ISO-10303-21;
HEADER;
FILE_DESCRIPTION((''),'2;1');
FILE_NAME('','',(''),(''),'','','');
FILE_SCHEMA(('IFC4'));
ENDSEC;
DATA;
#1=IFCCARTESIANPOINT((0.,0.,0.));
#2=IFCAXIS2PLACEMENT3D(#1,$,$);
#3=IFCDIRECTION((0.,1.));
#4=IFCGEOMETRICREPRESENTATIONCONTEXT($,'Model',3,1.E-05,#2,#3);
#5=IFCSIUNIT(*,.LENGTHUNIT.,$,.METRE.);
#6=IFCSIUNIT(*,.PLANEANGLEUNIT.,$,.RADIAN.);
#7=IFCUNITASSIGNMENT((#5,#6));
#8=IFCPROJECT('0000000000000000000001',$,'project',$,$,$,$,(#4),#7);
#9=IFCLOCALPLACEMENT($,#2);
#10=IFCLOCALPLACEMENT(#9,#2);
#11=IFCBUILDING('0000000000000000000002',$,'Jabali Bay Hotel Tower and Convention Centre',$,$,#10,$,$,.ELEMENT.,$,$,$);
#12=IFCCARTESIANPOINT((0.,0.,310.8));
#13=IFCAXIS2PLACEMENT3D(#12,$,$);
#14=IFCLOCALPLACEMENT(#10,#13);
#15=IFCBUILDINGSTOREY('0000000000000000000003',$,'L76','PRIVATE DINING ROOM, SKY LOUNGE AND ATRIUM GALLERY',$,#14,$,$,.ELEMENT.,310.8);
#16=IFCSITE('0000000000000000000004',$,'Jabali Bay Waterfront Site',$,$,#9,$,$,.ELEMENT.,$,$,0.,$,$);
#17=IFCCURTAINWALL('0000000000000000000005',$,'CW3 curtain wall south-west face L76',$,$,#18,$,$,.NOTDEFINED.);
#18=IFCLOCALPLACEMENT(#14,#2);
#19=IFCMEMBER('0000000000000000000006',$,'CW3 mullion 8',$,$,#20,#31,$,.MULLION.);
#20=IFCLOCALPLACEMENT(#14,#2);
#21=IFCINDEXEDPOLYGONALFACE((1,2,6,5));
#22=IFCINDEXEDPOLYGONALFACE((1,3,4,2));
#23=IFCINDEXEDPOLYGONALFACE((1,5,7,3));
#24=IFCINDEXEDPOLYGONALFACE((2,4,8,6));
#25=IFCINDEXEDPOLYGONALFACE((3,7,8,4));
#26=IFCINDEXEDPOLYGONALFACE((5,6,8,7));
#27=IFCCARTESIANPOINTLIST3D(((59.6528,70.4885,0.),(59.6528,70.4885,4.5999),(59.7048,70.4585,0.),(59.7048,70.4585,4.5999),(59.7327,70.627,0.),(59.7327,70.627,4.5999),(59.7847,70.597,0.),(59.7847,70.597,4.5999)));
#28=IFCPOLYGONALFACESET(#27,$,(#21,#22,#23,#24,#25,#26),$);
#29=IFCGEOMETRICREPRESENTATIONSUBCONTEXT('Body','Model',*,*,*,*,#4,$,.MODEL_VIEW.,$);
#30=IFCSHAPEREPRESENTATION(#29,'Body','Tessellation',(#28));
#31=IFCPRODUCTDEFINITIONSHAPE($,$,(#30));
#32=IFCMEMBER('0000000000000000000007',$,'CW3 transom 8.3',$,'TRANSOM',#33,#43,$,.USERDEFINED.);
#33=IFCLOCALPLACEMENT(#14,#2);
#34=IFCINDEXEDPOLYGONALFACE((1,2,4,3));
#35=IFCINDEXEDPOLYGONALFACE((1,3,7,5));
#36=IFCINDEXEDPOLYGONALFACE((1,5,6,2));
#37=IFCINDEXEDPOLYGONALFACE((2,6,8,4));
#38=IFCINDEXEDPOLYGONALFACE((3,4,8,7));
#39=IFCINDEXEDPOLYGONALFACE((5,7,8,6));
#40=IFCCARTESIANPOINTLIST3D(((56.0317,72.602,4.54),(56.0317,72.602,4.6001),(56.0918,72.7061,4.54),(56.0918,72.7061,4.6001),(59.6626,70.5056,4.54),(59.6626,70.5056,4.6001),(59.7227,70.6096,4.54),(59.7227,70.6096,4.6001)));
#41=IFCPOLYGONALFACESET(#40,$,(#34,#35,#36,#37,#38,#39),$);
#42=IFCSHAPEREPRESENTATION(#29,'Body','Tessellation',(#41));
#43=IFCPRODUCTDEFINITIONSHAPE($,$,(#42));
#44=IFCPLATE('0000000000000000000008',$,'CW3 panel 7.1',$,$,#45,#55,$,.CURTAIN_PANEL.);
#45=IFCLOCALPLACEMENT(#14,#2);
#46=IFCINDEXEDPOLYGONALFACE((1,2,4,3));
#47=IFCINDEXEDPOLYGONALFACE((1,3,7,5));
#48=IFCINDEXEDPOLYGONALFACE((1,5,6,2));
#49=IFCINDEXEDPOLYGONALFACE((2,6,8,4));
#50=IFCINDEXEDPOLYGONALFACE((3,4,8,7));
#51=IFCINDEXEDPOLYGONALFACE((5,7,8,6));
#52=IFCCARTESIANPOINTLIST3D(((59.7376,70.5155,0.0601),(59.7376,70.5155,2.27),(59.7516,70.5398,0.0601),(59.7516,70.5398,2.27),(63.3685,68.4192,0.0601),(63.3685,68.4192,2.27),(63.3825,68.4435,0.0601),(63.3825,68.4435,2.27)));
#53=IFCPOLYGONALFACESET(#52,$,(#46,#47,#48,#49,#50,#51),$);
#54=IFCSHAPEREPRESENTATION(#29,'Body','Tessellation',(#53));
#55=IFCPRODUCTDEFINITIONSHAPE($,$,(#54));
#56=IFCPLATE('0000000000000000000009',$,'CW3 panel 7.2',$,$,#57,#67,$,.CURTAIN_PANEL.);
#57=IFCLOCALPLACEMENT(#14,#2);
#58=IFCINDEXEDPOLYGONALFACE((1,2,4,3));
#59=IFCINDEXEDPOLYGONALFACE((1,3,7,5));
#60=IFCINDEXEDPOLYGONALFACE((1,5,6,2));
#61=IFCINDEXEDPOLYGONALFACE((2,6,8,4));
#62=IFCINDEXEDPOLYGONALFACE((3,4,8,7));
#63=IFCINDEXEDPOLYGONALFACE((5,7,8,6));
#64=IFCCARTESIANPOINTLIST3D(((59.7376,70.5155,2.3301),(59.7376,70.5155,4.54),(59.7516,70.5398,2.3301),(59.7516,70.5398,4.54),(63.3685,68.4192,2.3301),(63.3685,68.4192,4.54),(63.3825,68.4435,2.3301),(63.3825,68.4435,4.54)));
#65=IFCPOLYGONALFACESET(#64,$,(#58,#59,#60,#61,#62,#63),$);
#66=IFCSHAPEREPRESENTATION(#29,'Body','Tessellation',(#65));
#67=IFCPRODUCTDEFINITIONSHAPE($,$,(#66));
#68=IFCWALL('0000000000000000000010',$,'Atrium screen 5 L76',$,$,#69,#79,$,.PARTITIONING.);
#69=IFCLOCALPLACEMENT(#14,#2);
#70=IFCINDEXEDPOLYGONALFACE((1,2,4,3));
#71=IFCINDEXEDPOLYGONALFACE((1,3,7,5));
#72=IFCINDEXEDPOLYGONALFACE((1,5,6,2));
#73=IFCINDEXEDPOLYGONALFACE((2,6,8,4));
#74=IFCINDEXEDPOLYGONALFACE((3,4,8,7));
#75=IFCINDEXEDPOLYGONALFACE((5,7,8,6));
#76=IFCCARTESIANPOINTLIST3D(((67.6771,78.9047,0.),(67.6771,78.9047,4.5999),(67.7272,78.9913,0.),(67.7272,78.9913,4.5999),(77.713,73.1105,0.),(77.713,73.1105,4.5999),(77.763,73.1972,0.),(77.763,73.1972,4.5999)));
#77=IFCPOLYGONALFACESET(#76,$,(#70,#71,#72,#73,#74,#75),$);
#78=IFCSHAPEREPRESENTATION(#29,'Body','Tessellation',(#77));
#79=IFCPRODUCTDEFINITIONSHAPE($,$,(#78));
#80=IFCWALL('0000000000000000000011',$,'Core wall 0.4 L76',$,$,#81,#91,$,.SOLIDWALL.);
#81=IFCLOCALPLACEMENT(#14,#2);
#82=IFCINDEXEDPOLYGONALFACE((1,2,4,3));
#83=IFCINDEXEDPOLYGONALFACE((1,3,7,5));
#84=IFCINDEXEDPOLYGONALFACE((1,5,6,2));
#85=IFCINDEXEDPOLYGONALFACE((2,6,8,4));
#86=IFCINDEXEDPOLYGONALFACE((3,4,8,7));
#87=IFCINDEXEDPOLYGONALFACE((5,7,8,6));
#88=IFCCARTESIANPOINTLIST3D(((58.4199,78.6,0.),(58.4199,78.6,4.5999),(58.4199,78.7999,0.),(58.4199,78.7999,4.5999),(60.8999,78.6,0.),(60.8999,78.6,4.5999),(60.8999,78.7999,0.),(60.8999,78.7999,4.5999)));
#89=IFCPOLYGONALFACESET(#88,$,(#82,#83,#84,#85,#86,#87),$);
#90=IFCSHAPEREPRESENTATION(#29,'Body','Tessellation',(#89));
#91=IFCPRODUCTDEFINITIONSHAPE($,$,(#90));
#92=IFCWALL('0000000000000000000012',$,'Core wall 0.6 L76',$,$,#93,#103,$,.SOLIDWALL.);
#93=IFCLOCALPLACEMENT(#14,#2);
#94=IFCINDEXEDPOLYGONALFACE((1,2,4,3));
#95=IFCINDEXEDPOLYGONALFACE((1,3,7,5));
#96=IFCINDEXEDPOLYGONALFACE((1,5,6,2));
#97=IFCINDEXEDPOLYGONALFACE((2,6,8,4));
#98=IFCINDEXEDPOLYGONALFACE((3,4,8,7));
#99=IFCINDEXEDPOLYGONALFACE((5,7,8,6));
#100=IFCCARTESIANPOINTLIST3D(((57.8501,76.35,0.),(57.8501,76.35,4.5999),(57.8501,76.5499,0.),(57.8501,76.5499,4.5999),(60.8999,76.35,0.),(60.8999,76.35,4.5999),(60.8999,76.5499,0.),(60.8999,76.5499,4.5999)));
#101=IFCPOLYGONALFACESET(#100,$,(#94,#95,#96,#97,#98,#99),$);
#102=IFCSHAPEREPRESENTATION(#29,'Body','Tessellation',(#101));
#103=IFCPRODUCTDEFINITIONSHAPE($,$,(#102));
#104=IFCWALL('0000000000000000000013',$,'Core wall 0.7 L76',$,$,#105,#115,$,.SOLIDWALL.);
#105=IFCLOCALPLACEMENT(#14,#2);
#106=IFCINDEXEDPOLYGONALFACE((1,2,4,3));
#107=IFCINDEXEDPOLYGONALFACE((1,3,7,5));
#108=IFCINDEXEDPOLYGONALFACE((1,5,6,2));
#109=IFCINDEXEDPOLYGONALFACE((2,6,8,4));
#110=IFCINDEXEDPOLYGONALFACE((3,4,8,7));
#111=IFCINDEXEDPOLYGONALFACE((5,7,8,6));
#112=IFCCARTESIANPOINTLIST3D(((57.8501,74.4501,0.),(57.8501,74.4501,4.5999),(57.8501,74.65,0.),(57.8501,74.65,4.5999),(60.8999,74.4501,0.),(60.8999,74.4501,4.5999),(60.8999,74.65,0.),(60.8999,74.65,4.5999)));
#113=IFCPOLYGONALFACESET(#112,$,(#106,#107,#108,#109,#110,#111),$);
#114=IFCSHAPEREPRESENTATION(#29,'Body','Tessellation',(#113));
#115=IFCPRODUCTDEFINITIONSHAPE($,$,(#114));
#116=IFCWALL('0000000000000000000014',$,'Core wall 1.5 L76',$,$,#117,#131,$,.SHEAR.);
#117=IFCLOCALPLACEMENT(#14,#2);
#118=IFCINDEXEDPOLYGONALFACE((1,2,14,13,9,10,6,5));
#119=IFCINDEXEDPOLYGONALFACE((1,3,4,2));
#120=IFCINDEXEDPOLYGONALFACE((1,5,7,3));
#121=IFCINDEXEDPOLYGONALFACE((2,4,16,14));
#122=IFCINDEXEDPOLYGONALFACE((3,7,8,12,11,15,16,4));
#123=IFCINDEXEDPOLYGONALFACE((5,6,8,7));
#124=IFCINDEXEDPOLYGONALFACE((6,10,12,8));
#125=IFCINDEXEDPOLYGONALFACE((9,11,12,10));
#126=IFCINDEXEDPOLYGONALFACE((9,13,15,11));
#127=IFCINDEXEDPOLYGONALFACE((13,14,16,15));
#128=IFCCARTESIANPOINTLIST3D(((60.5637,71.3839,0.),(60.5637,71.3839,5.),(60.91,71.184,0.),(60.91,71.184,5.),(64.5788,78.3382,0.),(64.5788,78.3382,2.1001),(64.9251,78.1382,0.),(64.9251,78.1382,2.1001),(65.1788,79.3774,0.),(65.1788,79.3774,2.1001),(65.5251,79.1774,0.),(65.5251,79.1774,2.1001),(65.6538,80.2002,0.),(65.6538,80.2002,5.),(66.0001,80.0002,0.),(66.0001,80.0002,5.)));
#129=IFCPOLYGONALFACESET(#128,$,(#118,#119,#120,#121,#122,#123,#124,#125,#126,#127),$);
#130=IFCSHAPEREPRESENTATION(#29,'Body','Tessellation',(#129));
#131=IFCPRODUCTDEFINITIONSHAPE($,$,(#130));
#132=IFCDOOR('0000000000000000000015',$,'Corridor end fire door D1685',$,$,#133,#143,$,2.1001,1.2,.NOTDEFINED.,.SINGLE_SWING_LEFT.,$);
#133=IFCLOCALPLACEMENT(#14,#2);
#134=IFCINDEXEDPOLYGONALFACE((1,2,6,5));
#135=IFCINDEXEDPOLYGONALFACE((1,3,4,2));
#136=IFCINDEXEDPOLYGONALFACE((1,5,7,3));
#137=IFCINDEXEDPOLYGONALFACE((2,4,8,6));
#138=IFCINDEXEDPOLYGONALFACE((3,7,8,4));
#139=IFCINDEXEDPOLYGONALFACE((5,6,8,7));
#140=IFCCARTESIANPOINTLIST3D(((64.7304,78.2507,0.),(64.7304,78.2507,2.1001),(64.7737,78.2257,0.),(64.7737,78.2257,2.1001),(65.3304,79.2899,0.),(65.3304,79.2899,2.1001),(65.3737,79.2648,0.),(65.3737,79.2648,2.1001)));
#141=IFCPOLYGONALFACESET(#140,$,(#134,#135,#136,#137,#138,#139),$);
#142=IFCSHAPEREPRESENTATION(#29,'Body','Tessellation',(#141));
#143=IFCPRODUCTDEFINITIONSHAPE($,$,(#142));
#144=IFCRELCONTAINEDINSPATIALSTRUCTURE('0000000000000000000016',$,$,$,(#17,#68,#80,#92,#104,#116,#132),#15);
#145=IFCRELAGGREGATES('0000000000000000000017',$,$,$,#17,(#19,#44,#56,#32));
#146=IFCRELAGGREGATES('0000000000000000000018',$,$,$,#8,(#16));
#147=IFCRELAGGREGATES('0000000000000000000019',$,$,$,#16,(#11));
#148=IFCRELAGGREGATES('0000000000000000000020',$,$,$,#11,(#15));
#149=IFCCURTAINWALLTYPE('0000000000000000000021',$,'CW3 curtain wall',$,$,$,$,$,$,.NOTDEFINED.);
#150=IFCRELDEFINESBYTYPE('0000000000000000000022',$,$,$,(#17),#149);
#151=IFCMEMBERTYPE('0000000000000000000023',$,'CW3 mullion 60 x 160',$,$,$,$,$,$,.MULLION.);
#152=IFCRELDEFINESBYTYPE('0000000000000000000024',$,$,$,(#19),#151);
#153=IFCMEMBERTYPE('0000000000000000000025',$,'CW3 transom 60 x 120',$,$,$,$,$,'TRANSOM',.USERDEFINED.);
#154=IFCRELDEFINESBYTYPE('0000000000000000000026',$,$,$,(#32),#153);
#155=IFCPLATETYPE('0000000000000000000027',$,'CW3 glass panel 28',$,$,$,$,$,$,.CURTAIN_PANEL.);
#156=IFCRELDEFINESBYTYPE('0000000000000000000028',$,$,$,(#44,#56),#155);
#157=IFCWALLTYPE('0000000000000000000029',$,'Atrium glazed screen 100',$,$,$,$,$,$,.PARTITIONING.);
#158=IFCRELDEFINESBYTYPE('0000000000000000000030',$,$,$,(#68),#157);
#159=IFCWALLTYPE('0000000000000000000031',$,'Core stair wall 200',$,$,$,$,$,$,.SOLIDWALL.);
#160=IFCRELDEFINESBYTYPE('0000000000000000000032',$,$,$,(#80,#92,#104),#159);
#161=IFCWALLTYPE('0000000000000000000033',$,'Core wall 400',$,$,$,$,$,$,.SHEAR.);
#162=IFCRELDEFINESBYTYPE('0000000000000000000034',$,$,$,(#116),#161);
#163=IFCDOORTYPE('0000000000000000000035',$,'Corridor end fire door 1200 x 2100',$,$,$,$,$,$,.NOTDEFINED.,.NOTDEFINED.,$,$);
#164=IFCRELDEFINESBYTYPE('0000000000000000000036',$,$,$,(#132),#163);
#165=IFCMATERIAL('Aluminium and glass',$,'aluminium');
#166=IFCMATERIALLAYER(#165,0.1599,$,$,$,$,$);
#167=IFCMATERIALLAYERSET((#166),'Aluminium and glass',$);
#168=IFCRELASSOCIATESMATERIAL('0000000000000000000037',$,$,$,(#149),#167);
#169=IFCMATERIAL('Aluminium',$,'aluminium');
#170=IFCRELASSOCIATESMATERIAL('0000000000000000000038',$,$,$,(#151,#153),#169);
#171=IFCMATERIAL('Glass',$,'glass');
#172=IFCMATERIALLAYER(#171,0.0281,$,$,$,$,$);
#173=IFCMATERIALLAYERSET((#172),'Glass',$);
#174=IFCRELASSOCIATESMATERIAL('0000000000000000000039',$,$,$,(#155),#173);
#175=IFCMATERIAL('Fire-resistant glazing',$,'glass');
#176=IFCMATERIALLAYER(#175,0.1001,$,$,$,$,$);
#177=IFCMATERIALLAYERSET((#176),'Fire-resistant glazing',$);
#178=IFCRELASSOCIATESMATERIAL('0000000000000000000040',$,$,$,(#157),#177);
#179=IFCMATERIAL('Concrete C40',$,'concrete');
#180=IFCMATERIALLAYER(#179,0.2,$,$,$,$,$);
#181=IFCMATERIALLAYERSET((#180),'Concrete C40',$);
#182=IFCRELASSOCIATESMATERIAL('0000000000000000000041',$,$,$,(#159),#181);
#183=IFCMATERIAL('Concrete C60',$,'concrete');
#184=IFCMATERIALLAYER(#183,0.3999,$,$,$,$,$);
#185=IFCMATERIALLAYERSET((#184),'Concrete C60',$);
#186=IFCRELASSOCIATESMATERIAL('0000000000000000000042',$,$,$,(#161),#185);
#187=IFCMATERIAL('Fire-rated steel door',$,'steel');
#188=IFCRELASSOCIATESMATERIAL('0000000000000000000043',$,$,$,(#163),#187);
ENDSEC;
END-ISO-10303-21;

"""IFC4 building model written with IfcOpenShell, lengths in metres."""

from ifc_helpers import new_model, si_unit, direction, frame, frame_2d, origin, origin_2d, place, context, subcontext, project, spatial, rectangle, extrude, material, layer, layer_set, material_profile, profile_set, type_object, element, fill, aggregate, save


model = new_model("IFC4")

# Units and contexts
model_context = context("Model", 3, precision=1e-05, world=origin(), true_north=direction((0.0, 1.0)))
body_context = subcontext(model_context, "Body", "Model", "MODEL_VIEW")
ifc_project = project(units=[si_unit("LENGTHUNIT", "METRE"), si_unit("PLANEANGLEUNIT", "RADIAN")], contexts=[model_context])

# Site, building, storey
site_placement = place(None, origin())
site = spatial("IfcSite", under=ifc_project, at=site_placement, Name="Jabali Bay Waterfront Site", CompositionType="ELEMENT", RefElevation=0.0)
building_placement = place(site_placement, origin())
building = spatial("IfcBuilding", under=site, at=building_placement, Name="Jabali Bay Hotel Tower and Convention Centre", CompositionType="ELEMENT")
storey_placement = place(building_placement, frame((0.0, 0.0, 310.8)))
storey = spatial("IfcBuildingStorey", under=building, at=storey_placement, Name="L76", Description="PRIVATE DINING ROOM, SKY LOUNGE AND ATRIUM GALLERY", CompositionType="ELEMENT", Elevation=310.8)

# Curtain wall, members, plates
ifc_material_1 = material(Name="Aluminium and glass", Category="aluminium")
ifc_layer_1 = layer(ifc_material_1, 0.1599)
ifc_layer_set_1 = layer_set([ifc_layer_1], Name="Aluminium and glass")
curtain_wall_type = type_object("IfcCurtainWallType", Name="CW3 curtain wall", PredefinedType="NOTDEFINED", material=ifc_layer_set_1)
curtain_wall_placement = place(storey_placement, origin())
curtain_wall = element("IfcCurtainWall", 1, at=curtain_wall_placement, inside=storey, type_object=curtain_wall_type, Name="CW3 curtain wall south-west face L76", PredefinedType="NOTDEFINED")
ifc_material_2 = material(Name="Aluminium", Category="aluminium")
ifc_material_profile_1 = material_profile(ifc_material_2, rectangle(XDim=0.1599, YDim=0.0601, at=origin_2d()), Name="CW3 mullion 60 x 160")
ifc_profile_set_1 = profile_set([ifc_material_profile_1], Name="Aluminium")
member_type_1 = type_object("IfcMemberType", Name="CW3 mullion 60 x 160", PredefinedType="MULLION", material=ifc_profile_set_1)
member_1_placement = place(storey_placement, frame((59.7188, 70.5427, 0.0), z_axis=(0.0, 0.0, 1.0), x_axis=(-0.5, -0.866025, 0.0)))
member_1 = element("IfcMember", 2, at=member_1_placement, type_object=member_type_1, Name="CW3 mullion 8", PredefinedType="MULLION", context=body_context, shape_type="SweptSolid", body=[
    extrude(rectangle(XDim=0.1599, YDim=0.0601, at=origin_2d()), origin(), (0.0, 0.0, 1.0), 4.5999),
])
ifc_material_profile_2 = material_profile(ifc_material_2, rectangle(XDim=0.1201, YDim=0.0601, at=origin_2d()), Name="CW3 transom 60 x 120")
ifc_profile_set_2 = profile_set([ifc_material_profile_2], Name="Aluminium")
member_type_2 = type_object("IfcMemberType", Name="CW3 transom 60 x 120", ElementType="TRANSOM", PredefinedType="USERDEFINED", material=ifc_profile_set_2)
member_2_placement = place(storey_placement, frame((59.6926, 70.5576, 4.5701), z_axis=(-0.866009, 0.500028, 0.0), x_axis=(-0.500028, -0.866009, 0.0)))
member_2 = element("IfcMember", 3, at=member_2_placement, type_object=member_type_2, Name="CW3 transom 8.3", ObjectType="TRANSOM", PredefinedType="USERDEFINED", context=body_context, shape_type="SweptSolid", body=[
    extrude(rectangle(XDim=0.1201, YDim=0.0601, at=origin_2d()), origin(), (0.0, 0.0, 1.0), 4.1926),
])
ifc_material_3 = material(Name="Glass", Category="glass")
ifc_layer_2 = layer(ifc_material_3, 0.0281)
ifc_layer_set_2 = layer_set([ifc_layer_2], Name="Glass")
plate_type = type_object("IfcPlateType", Name="CW3 glass panel 28", PredefinedType="CURTAIN_PANEL", material=ifc_layer_set_2)
plate_1_placement = place(storey_placement, frame((61.5601, 69.4795, 0.0601), z_axis=(0.0, 0.0, 1.0), x_axis=(-0.866025, 0.5, 0.0)))
plate_1 = element("IfcPlate", 4, at=plate_1_placement, type_object=plate_type, Name="CW3 panel 7.1", PredefinedType="CURTAIN_PANEL", context=body_context, shape_type="SweptSolid", body=[
    extrude(rectangle(XDim=4.1926, YDim=0.0281, at=origin_2d()), origin(), (0.0, 0.0, 1.0), 2.21),
])
plate_2_placement = place(storey_placement, frame((61.5601, 69.4795, 2.3301), z_axis=(0.0, 0.0, 1.0), x_axis=(-0.866025, 0.5, 0.0)))
plate_2 = element("IfcPlate", 5, at=plate_2_placement, type_object=plate_type, Name="CW3 panel 7.2", PredefinedType="CURTAIN_PANEL", context=body_context, shape_type="SweptSolid", body=[
    extrude(rectangle(XDim=4.1926, YDim=0.0281, at=origin_2d()), origin(), (0.0, 0.0, 1.0), 2.21),
])
aggregate(curtain_wall, [member_1, plate_1, plate_2, member_2])

# Walls
ifc_material_4 = material(Name="Fire-resistant glazing", Category="glass")
ifc_layer_3 = layer(ifc_material_4, 0.1001)
ifc_layer_set_3 = layer_set([ifc_layer_3], Name="Fire-resistant glazing")
wall_type_1 = type_object("IfcWallType", Name="Atrium glazed screen 100", PredefinedType="PARTITIONING", material=ifc_layer_set_3)
wall_1_placement = place(storey_placement, frame((67.7021, 78.948, 0.0), z_axis=(0.0, 0.0, 1.0), x_axis=(0.866027, -0.499998, 0.0)))
element("IfcWall", 6, at=wall_1_placement, inside=storey, type_object=wall_type_1, Name="Atrium screen 5 L76", PredefinedType="PARTITIONING", context=body_context, shape_type="SweptSolid", body=[
    extrude(rectangle(XDim=11.5884, YDim=0.1001, at=frame_2d((5.7942, 0.0))), origin(), (0.0, 0.0, 1.0), 4.5999),
])
ifc_material_5 = material(Name="Concrete C40", Category="concrete")
ifc_layer_4 = layer(ifc_material_5, 0.2)
ifc_layer_set_4 = layer_set([ifc_layer_4], Name="Concrete C40")
wall_type_2 = type_object("IfcWallType", Name="Core stair wall 200", PredefinedType="SOLIDWALL", material=ifc_layer_set_4)
wall_2_placement = place(storey_placement, frame((60.8999, 78.7, 0.0), z_axis=(0.0, 0.0, 1.0), x_axis=(-1.0, 0.0, 0.0)))
element("IfcWall", 7, at=wall_2_placement, inside=storey, type_object=wall_type_2, Name="Core wall 0.4 L76", PredefinedType="SOLIDWALL", context=body_context, shape_type="SweptSolid", body=[
    extrude(rectangle(XDim=2.48, YDim=0.2, at=frame_2d((1.24, 0.0))), origin(), (0.0, 0.0, 1.0), 4.5999),
])
for number, where, z_axis, x_axis, name in (
    (8, (60.8999, 76.45, 0.0), (0.0, 0.0, 1.0), (-1.0, 0.0, 0.0), "Core wall 0.6 L76"),
    (9, (60.8999, 74.55, 0.0), (0.0, 0.0, 1.0), (-1.0, 0.0, 0.0), "Core wall 0.7 L76"),
):
    element("IfcWall", number, at=place(storey_placement, frame(where, z_axis=z_axis, x_axis=x_axis)), inside=storey, type_object=wall_type_2, Name=name, PredefinedType="SOLIDWALL", context=body_context, shape_type="SweptSolid", body=[
        extrude(rectangle(XDim=3.0498, YDim=0.2, at=frame_2d((1.5249, 0.0))), origin(), (0.0, 0.0, 1.0), 4.5999),
    ])

# Wall, opening, door
ifc_material_6 = material(Name="Concrete C60", Category="concrete")
ifc_layer_5 = layer(ifc_material_6, 0.3999)
ifc_layer_set_5 = layer_set([ifc_layer_5], Name="Concrete C60")
wall_type_3 = type_object("IfcWallType", Name="Core wall 400", PredefinedType="SHEAR", material=ifc_layer_set_5)
wall_3_placement = place(storey_placement, frame((60.7368, 71.2839, 0.0), z_axis=(0.0, 0.0, 1.0), x_axis=(0.500005, 0.866022, 0.0)))
wall_3 = element("IfcWall", 10, at=wall_3_placement, inside=storey, type_object=wall_type_3, Name="Core wall 1.5 L76", PredefinedType="SHEAR", context=body_context, shape_type="SweptSolid", body=[
    extrude(rectangle(XDim=10.1802, YDim=0.3999, at=frame_2d((5.0901, 0.0))), origin(), (0.0, 0.0, 1.0), 5.0),
])
opening_1_placement = place(wall_3_placement, frame((8.03, 0.0, 0.0)))
opening_1 = element("IfcOpeningElement", 11, at=opening_1_placement, cuts=wall_3, PredefinedType="OPENING", context=body_context, shape_type="SweptSolid", body=[
    extrude(rectangle(XDim=1.2, YDim=2.1001, at=frame_2d((0.6001, 1.05))), frame((0.0, 0.2104, 0.0), z_axis=(0.0, -1.0, 0.0), x_axis=(1.0, 0.0, 0.0)), (0.0, 0.0, 1.0), 0.4209),
])
ifc_material_7 = material(Name="Fire-rated steel door", Category="steel")
door_type_1 = type_object("IfcDoorType", Name="Corridor end fire door 1200 x 2100", OperationType="NOTDEFINED", PredefinedType="NOTDEFINED", material=ifc_material_7)
door_1_placement = place(opening_1_placement, origin())
door_1 = element("IfcDoor", 12, at=door_1_placement, inside=storey, type_object=door_type_1, Name="Corridor end fire door D1685", OperationType="SINGLE_SWING_LEFT", OverallHeight=2.1001, OverallWidth=1.2, PredefinedType="NOTDEFINED", context=body_context, shape_type="SweptSolid", body=[
    extrude(rectangle(XDim=1.2, YDim=2.1001, at=frame_2d((0.6001, 1.05))), frame((0.0, 0.0249, 0.0), z_axis=(0.0, -1.0, 0.0), x_axis=(1.0, 0.0, 0.0)), (0.0, 0.0, 1.0), 0.05),
])
fill(opening_1, door_1)

save(model, "model.ifc")
